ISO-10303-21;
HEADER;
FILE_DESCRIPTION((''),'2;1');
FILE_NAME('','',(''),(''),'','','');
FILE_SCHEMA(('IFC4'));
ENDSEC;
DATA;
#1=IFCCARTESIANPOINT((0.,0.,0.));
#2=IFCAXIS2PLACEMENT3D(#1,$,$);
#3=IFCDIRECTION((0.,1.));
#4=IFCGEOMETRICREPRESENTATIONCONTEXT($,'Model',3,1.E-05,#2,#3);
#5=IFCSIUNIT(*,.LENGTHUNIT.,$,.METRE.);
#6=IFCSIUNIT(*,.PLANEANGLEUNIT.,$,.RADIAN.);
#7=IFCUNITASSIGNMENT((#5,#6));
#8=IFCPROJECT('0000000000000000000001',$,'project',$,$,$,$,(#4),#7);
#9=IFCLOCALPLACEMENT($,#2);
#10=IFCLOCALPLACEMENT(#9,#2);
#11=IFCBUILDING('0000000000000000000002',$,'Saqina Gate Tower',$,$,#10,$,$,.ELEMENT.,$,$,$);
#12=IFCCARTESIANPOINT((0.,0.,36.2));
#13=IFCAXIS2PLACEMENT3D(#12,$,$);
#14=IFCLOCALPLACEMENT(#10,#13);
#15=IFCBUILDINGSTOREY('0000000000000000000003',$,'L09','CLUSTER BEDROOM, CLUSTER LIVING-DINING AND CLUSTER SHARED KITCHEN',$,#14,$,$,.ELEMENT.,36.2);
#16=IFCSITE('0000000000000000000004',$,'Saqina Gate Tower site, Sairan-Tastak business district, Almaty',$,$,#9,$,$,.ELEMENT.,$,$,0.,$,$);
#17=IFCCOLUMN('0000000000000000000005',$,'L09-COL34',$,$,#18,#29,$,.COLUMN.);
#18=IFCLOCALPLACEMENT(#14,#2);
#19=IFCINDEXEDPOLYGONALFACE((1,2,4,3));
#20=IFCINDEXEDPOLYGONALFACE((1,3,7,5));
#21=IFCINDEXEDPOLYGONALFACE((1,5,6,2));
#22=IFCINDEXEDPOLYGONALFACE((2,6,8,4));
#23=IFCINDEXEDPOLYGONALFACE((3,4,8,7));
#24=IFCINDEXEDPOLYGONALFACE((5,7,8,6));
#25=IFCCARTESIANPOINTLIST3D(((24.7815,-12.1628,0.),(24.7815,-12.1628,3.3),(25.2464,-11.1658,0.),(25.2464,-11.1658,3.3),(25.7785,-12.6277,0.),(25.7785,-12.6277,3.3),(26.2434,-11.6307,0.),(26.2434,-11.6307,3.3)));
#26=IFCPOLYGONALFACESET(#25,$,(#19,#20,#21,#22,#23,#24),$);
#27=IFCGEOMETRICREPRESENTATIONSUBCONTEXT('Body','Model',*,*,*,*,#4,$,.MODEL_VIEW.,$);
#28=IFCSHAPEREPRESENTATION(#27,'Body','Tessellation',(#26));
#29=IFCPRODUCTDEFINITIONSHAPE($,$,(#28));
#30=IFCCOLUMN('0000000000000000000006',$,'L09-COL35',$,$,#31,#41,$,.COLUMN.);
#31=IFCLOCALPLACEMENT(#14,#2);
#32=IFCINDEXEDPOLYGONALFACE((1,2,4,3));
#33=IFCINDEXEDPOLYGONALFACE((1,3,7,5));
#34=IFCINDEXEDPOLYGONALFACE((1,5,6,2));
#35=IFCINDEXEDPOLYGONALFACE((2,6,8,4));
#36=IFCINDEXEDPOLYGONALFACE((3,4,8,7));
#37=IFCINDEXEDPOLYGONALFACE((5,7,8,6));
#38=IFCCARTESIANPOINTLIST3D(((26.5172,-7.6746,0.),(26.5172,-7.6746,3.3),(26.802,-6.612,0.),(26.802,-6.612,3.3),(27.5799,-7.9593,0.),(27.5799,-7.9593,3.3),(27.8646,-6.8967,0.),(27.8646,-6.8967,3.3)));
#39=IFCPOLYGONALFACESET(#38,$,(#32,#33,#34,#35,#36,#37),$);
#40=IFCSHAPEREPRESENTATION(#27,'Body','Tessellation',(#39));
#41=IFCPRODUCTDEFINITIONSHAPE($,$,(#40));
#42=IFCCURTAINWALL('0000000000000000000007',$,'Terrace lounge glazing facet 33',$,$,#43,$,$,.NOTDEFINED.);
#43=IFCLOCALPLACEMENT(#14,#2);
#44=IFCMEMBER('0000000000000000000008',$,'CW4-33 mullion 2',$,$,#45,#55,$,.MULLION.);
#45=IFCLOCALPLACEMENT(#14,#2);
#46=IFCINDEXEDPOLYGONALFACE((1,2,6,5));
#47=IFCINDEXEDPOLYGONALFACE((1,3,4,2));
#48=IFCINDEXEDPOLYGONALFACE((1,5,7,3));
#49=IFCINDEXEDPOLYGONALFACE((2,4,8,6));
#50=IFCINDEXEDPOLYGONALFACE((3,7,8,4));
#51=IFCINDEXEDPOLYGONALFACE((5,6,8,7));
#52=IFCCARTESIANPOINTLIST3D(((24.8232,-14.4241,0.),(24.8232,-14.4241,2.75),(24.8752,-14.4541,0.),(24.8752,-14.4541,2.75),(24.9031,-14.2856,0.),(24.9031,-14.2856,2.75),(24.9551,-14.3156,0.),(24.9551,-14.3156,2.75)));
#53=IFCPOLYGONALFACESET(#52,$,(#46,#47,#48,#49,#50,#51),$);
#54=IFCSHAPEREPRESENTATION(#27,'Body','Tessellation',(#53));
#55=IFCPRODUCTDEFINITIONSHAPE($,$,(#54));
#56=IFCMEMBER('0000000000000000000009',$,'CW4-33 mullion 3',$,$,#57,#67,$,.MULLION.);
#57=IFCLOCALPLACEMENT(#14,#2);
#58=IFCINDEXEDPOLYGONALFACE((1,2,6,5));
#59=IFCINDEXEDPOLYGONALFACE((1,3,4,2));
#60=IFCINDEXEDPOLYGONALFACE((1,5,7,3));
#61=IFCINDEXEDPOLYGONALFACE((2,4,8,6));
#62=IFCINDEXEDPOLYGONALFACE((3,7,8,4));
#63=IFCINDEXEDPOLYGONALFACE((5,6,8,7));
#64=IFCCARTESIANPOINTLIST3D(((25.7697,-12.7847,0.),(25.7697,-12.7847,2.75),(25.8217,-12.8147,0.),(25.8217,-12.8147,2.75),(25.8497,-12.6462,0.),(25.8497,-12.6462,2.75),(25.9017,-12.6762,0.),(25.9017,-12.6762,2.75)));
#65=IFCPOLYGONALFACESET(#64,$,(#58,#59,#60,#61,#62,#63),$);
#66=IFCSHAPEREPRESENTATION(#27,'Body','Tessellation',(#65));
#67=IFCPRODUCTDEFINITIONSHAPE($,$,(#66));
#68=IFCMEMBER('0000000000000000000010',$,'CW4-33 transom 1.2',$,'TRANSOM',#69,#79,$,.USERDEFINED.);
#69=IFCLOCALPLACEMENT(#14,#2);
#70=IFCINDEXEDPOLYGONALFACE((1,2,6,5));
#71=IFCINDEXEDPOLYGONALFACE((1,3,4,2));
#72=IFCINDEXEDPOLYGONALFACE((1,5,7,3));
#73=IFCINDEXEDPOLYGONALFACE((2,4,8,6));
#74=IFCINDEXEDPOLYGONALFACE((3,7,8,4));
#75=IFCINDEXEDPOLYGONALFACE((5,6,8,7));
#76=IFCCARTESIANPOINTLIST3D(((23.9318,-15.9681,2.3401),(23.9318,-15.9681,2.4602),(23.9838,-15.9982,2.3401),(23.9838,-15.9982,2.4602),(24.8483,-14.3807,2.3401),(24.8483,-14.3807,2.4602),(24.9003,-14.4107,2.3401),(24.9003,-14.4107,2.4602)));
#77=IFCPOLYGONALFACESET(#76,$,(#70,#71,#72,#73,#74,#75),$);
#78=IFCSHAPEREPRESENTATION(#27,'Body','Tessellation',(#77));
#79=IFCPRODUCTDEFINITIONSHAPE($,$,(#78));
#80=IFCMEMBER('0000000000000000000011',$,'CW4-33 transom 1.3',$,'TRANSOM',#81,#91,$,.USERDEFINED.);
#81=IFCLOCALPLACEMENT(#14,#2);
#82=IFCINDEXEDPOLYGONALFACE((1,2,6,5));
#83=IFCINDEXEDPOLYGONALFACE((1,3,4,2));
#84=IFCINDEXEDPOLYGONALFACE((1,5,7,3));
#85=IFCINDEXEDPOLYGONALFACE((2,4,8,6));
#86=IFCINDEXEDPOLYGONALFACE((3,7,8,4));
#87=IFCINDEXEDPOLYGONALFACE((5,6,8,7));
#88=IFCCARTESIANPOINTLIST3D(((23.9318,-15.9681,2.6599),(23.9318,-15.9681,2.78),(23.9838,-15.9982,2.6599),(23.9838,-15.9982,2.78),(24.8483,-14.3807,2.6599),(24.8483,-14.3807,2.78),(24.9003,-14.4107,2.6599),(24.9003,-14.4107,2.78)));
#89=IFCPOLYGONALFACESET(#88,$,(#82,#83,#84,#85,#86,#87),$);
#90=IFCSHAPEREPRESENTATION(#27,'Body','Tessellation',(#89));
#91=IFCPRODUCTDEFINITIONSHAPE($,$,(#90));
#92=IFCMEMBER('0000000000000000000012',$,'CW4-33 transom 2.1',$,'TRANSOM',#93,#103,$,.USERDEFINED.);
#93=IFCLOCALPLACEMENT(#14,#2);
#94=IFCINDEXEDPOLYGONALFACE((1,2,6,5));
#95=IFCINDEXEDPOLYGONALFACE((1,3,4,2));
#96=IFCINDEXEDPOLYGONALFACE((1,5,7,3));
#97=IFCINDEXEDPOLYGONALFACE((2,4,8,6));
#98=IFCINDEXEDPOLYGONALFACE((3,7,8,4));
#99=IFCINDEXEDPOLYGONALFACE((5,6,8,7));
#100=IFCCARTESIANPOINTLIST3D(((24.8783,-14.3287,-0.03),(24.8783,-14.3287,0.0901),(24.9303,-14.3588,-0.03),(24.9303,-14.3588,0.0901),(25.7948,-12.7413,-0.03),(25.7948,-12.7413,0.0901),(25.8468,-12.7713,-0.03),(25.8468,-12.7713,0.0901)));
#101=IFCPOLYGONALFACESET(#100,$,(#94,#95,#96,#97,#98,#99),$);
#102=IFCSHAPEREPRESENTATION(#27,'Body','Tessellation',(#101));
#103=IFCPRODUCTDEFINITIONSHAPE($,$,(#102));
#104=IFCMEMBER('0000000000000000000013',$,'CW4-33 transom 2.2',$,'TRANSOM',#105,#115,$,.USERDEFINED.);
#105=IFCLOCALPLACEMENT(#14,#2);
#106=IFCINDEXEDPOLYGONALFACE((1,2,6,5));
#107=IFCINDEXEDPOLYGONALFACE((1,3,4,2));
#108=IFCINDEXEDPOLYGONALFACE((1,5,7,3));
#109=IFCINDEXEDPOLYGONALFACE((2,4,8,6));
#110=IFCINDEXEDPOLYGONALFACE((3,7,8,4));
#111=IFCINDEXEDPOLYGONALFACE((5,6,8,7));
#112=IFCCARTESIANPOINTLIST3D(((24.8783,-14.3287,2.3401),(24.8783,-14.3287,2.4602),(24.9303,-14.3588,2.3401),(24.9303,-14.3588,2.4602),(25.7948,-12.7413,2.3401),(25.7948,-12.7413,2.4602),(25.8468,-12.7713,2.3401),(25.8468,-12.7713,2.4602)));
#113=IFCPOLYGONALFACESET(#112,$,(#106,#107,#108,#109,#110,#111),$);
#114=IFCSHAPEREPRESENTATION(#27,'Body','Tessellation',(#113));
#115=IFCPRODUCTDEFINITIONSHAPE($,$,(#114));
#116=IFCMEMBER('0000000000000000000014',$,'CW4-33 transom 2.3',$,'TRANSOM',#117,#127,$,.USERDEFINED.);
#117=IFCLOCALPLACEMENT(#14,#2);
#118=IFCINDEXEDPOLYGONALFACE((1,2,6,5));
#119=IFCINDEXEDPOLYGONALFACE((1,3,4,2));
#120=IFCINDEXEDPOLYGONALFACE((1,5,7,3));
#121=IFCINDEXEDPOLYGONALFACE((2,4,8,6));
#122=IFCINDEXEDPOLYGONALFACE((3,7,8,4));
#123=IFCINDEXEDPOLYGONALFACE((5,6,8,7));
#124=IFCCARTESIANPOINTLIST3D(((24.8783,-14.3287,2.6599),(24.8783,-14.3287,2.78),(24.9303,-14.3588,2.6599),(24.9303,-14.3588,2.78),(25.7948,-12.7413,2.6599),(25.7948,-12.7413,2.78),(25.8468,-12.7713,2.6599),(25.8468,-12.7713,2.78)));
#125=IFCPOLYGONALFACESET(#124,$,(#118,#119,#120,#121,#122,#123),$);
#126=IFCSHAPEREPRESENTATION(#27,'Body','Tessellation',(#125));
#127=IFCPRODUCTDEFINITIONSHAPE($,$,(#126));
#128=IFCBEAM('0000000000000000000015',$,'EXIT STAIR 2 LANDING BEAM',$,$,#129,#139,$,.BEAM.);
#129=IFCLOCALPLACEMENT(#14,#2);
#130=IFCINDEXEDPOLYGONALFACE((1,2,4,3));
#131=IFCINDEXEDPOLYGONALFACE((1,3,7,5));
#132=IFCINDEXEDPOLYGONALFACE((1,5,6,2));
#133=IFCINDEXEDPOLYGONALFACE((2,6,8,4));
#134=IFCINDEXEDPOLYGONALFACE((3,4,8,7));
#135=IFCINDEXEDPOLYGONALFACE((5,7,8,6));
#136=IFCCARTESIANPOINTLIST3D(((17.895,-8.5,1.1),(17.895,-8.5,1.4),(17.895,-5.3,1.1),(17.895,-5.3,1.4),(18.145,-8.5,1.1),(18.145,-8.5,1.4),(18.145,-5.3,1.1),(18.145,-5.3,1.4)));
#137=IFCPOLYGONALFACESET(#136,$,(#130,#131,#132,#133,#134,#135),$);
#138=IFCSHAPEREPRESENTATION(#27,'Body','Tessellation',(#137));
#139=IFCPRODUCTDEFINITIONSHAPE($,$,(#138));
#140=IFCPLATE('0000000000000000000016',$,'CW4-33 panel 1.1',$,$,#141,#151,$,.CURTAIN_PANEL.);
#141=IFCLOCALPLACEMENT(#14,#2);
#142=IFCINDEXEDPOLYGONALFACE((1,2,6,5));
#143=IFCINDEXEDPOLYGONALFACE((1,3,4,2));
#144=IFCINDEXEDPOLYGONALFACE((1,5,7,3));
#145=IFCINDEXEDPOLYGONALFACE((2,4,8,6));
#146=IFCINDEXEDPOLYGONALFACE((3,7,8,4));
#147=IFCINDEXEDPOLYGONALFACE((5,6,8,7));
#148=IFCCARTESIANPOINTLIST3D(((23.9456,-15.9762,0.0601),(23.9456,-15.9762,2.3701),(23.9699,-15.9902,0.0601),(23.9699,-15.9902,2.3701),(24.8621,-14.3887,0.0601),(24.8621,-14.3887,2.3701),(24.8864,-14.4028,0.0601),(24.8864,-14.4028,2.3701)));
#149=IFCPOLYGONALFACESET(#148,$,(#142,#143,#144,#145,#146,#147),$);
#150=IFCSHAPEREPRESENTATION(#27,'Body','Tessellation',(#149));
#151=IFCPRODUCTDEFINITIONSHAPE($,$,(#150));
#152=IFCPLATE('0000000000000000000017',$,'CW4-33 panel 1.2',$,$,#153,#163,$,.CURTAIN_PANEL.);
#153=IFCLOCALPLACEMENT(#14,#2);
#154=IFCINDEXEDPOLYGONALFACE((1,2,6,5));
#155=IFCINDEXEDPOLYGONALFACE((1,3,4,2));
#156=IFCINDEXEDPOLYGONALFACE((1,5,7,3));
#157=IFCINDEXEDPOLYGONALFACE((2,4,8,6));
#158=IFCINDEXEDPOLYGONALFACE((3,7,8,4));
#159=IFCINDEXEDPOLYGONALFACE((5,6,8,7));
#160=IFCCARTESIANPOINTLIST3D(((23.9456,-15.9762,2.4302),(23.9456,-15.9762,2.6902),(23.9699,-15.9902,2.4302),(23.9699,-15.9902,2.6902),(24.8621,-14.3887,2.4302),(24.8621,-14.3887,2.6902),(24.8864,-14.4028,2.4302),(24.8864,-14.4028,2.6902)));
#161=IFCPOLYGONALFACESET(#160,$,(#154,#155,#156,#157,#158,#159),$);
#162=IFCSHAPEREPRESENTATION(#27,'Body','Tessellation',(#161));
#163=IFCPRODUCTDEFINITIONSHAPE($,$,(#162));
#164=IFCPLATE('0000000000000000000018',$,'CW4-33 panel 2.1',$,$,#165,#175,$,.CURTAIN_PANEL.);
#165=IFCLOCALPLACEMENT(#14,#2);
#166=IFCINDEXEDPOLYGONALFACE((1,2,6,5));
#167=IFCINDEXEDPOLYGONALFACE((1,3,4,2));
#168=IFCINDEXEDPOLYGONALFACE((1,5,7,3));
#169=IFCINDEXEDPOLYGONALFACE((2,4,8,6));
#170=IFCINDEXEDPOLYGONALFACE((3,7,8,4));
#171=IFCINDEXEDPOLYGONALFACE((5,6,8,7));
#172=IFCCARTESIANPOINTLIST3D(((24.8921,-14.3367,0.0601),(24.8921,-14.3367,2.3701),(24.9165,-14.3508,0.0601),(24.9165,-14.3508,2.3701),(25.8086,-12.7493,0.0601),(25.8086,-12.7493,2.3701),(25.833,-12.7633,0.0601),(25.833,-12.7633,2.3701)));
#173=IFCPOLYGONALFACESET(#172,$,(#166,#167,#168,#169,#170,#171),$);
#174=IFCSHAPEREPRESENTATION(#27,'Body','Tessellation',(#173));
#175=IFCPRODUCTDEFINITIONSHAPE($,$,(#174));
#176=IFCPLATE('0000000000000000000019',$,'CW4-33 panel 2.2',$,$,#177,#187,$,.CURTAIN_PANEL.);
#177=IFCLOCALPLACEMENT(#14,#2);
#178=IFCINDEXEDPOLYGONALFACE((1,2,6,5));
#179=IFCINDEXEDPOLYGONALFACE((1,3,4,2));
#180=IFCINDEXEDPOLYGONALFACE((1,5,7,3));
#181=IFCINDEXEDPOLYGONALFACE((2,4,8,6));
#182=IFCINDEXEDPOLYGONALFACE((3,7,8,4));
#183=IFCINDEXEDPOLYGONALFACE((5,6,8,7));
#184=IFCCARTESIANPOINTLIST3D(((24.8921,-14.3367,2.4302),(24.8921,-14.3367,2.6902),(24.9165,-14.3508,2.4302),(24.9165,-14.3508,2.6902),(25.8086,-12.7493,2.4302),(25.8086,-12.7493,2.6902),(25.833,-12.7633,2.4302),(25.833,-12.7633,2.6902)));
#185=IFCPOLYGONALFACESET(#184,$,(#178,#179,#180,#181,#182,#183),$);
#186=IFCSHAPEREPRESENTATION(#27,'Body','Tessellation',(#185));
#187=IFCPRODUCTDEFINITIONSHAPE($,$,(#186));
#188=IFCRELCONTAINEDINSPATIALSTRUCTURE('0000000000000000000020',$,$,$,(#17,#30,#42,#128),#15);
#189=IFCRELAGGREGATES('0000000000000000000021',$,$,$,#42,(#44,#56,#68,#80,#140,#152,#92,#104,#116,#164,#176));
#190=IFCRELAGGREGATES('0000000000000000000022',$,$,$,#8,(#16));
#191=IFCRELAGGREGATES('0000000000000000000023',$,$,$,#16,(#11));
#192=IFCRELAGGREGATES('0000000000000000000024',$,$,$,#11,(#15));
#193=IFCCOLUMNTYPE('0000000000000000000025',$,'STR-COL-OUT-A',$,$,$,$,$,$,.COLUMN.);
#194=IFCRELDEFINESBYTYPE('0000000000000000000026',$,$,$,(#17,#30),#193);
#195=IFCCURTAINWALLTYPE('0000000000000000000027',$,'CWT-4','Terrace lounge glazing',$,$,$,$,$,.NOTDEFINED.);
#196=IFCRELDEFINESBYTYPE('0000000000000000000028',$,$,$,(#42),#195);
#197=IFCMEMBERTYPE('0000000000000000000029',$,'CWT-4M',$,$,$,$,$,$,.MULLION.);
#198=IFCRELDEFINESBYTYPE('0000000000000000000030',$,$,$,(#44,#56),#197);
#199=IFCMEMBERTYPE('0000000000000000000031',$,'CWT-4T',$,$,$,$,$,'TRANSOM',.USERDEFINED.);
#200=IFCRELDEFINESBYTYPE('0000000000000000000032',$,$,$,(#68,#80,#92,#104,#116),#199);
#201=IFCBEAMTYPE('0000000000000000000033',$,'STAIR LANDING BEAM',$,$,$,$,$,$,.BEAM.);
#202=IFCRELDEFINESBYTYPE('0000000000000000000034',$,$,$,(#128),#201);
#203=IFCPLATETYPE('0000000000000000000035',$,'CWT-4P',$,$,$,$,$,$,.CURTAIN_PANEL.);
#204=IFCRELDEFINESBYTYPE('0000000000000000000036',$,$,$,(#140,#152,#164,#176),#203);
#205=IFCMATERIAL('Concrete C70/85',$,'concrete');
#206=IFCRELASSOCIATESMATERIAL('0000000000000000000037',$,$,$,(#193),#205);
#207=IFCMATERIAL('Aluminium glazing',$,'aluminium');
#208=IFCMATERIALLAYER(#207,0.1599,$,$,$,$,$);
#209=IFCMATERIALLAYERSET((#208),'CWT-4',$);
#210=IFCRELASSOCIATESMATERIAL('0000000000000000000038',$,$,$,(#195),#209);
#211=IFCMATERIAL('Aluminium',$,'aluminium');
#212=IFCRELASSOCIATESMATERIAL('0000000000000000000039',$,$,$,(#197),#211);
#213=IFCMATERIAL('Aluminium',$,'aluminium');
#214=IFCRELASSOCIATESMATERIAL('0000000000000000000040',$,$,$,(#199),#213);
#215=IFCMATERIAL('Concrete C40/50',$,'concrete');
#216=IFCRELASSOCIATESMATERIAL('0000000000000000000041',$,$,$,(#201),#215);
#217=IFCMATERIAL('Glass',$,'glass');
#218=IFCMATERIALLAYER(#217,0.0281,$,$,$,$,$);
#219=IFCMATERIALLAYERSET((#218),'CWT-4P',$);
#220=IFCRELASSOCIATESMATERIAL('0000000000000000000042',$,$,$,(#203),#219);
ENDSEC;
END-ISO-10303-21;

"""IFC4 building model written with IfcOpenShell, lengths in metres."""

from ifc_helpers import new_model, si_unit, direction, frame, origin, origin_2d, place, context, subcontext, project, spatial, rectangle, extrude, material, layer, layer_set, material_profile, profile_set, type_object, element, aggregate, save


model = new_model("IFC4")

# Units and contexts
model_context = context("Model", 3, precision=1e-05, world=origin(), true_north=direction((0.0, 1.0)))
body_context = subcontext(model_context, "Body", "Model", "MODEL_VIEW")
ifc_project = project(units=[si_unit("LENGTHUNIT", "METRE"), si_unit("PLANEANGLEUNIT", "RADIAN")], contexts=[model_context])

# Site, building, storey
site_placement = place(None, origin())
site = spatial("IfcSite", under=ifc_project, at=site_placement, Name="Saqina Gate Tower site, Sairan-Tastak business district, Almaty", CompositionType="ELEMENT", RefElevation=0.0)
building_placement = place(site_placement, origin())
building = spatial("IfcBuilding", under=site, at=building_placement, Name="Saqina Gate Tower", CompositionType="ELEMENT")
storey_placement = place(building_placement, frame((0.0, 0.0, 36.2)))
storey = spatial("IfcBuildingStorey", under=building, at=storey_placement, Name="L09", Description="CLUSTER BEDROOM, CLUSTER LIVING-DINING AND CLUSTER SHARED KITCHEN", CompositionType="ELEMENT", Elevation=36.2)

# Columns
ifc_material_1 = material(Name="Concrete C70/85", Category="concrete")
ifc_material_profile_1 = material_profile(ifc_material_1, rectangle(XDim=1.1001, YDim=1.1001, at=origin_2d()), Name="RC 1100x1100")
ifc_profile_set_1 = profile_set([ifc_material_profile_1], Name="Concrete C70/85")
column_type = type_object("IfcColumnType", Name="STR-COL-OUT-A", PredefinedType="COLUMN", material=ifc_profile_set_1)
for number, where, z_axis, x_axis, name in (
    (1, (25.5125, -11.8967, 0.0), (0.0, 0.0, 1.0), (0.906308, -0.422618, 0.0), "L09-COL34"),
    (2, (27.1909, -7.2856, 0.0), (0.0, 0.0, 1.0), (0.965926, -0.258819, 0.0), "L09-COL35"),
):
    element("IfcColumn", number, at=place(storey_placement, frame(where, z_axis=z_axis, x_axis=x_axis)), inside=storey, type_object=column_type, Name=name, PredefinedType="COLUMN", context=body_context, shape_type="SweptSolid", body=[
        extrude(rectangle(XDim=1.1001, YDim=1.1001, at=origin_2d()), origin(), (0.0, 0.0, 1.0), 3.3),
    ])

# Curtain wall, members
ifc_material_2 = material(Name="Aluminium glazing", Category="aluminium")
ifc_layer_1 = layer(ifc_material_2, 0.1599)
ifc_layer_set_1 = layer_set([ifc_layer_1], Name="CWT-4")
curtain_wall_type = type_object("IfcCurtainWallType", Name="CWT-4", Description="Terrace lounge glazing", PredefinedType="NOTDEFINED", material=ifc_layer_set_1)
curtain_wall_placement = place(storey_placement, origin())
curtain_wall = element("IfcCurtainWall", 3, at=curtain_wall_placement, inside=storey, type_object=curtain_wall_type, Name="Terrace lounge glazing facet 33", PredefinedType="NOTDEFINED")
ifc_material_3 = material(Name="Aluminium", Category="aluminium")
ifc_material_profile_2 = material_profile(ifc_material_3, rectangle(XDim=0.0601, YDim=0.1599, at=origin_2d()), Name="Aluminium 60x160")
ifc_profile_set_2 = profile_set([ifc_material_profile_2], Name="Aluminium")
member_type_1 = type_object("IfcMemberType", Name="CWT-4M", PredefinedType="MULLION", material=ifc_profile_set_2)
member_1_placement = place(storey_placement, frame((24.8892, -14.3699, 0.0), z_axis=(0.0, 0.0, 1.0), x_axis=(-0.866028, 0.499996, 0.0)))
member_1 = element("IfcMember", 4, at=member_1_placement, type_object=member_type_1, Name="CW4-33 mullion 2", PredefinedType="MULLION", context=body_context, shape_type="SweptSolid", body=[
    extrude(rectangle(XDim=0.0601, YDim=0.1599, at=origin_2d()), origin(), (0.0, 0.0, 1.0), 2.75),
])
member_2_placement = place(storey_placement, frame((25.8357, -12.7305, 0.0), z_axis=(0.0, 0.0, 1.0), x_axis=(-0.866028, 0.499996, 0.0)))
member_2 = element("IfcMember", 5, at=member_2_placement, type_object=member_type_1, Name="CW4-33 mullion 3", PredefinedType="MULLION", context=body_context, shape_type="SweptSolid", body=[
    extrude(rectangle(XDim=0.0601, YDim=0.1599, at=origin_2d()), origin(), (0.0, 0.0, 1.0), 2.75),
])
ifc_material_4 = material(Name="Aluminium", Category="aluminium")
ifc_material_profile_3 = material_profile(ifc_material_4, rectangle(XDim=0.0601, YDim=0.1201, at=origin_2d()), Name="Aluminium 60x120")
ifc_profile_set_3 = profile_set([ifc_material_profile_3], Name="Aluminium")
member_type_2 = type_object("IfcMemberType", Name="CWT-4T", ElementType="TRANSOM", PredefinedType="USERDEFINED", material=ifc_profile_set_3)
member_3_placement = place(storey_placement, frame((23.9578, -15.9832, 2.4001), z_axis=(0.500007, 0.866021, 0.0), x_axis=(-0.866021, 0.500007, 0.0)))
member_3 = element("IfcMember", 6, at=member_3_placement, type_object=member_type_2, Name="CW4-33 transom 1.2", ObjectType="TRANSOM", PredefinedType="USERDEFINED", context=body_context, shape_type="SweptSolid", body=[
    extrude(rectangle(XDim=0.0601, YDim=0.1201, at=origin_2d()), origin(), (0.0, 0.0, 1.0), 1.833),
])
member_4_placement = place(storey_placement, frame((23.9578, -15.9832, 2.72), z_axis=(0.500007, 0.866021, 0.0), x_axis=(-0.866021, 0.500007, 0.0)))
member_4 = element("IfcMember", 7, at=member_4_placement, type_object=member_type_2, Name="CW4-33 transom 1.3", ObjectType="TRANSOM", PredefinedType="USERDEFINED", context=body_context, shape_type="SweptSolid", body=[
    extrude(rectangle(XDim=0.0601, YDim=0.1201, at=origin_2d()), origin(), (0.0, 0.0, 1.0), 1.833),
])
member_5_placement = place(storey_placement, frame((24.9043, -14.3438, 0.03), z_axis=(0.500007, 0.866021, 0.0), x_axis=(-0.866021, 0.500007, 0.0)))
member_5 = element("IfcMember", 8, at=member_5_placement, type_object=member_type_2, Name="CW4-33 transom 2.1", ObjectType="TRANSOM", PredefinedType="USERDEFINED", context=body_context, shape_type="SweptSolid", body=[
    extrude(rectangle(XDim=0.0601, YDim=0.1201, at=origin_2d()), origin(), (0.0, 0.0, 1.0), 1.833),
])
member_6_placement = place(storey_placement, frame((24.9043, -14.3438, 2.4001), z_axis=(0.500007, 0.866021, 0.0), x_axis=(-0.866021, 0.500007, 0.0)))
member_6 = element("IfcMember", 9, at=member_6_placement, type_object=member_type_2, Name="CW4-33 transom 2.2", ObjectType="TRANSOM", PredefinedType="USERDEFINED", context=body_context, shape_type="SweptSolid", body=[
    extrude(rectangle(XDim=0.0601, YDim=0.1201, at=origin_2d()), origin(), (0.0, 0.0, 1.0), 1.833),
])
member_7_placement = place(storey_placement, frame((24.9043, -14.3438, 2.72), z_axis=(0.500007, 0.866021, 0.0), x_axis=(-0.866021, 0.500007, 0.0)))
member_7 = element("IfcMember", 10, at=member_7_placement, type_object=member_type_2, Name="CW4-33 transom 2.3", ObjectType="TRANSOM", PredefinedType="USERDEFINED", context=body_context, shape_type="SweptSolid", body=[
    extrude(rectangle(XDim=0.0601, YDim=0.1201, at=origin_2d()), origin(), (0.0, 0.0, 1.0), 1.833),
])

# Beam
ifc_material_5 = material(Name="Concrete C40/50", Category="concrete")
ifc_material_profile_4 = material_profile(ifc_material_5, rectangle(XDim=0.25, YDim=0.3, at=origin_2d()), Name="STAIR LANDING BEAM")
ifc_profile_set_4 = profile_set([ifc_material_profile_4], Name="Concrete C40/50")
beam_type = type_object("IfcBeamType", Name="STAIR LANDING BEAM", PredefinedType="BEAM", material=ifc_profile_set_4)
beam_placement = place(storey_placement, frame((18.02, -8.5, 1.25), z_axis=(0.0, 1.0, 0.0), x_axis=(-1.0, 0.0, 0.0)))
element("IfcBeam", 11, at=beam_placement, inside=storey, type_object=beam_type, Name="EXIT STAIR 2 LANDING BEAM", PredefinedType="BEAM", context=body_context, shape_type="SweptSolid", body=[
    extrude(rectangle(XDim=0.25, YDim=0.3, at=origin_2d()), origin(), (0.0, 0.0, 1.0), 3.2),
])

# Plates
ifc_material_6 = material(Name="Glass", Category="glass")
ifc_layer_2 = layer(ifc_material_6, 0.0281)
ifc_layer_set_2 = layer_set([ifc_layer_2], Name="CWT-4P")
plate_type = type_object("IfcPlateType", Name="CWT-4P", PredefinedType="CURTAIN_PANEL", material=ifc_layer_set_2)
plate_1_placement = place(storey_placement, frame((24.416, -15.1895, 0.0601), z_axis=(0.0, 0.0, 1.0), x_axis=(0.499996, 0.866028, 0.0)))
plate_1 = element("IfcPlate", 12, at=plate_1_placement, type_object=plate_type, Name="CW4-33 panel 1.1", PredefinedType="CURTAIN_PANEL", context=body_context, shape_type="SweptSolid", body=[
    extrude(rectangle(XDim=1.833, YDim=0.0281, at=origin_2d()), origin(), (0.0, 0.0, 1.0), 2.3101),
])
plate_2_placement = place(storey_placement, frame((24.416, -15.1895, 2.4302), z_axis=(0.0, 0.0, 1.0), x_axis=(0.499996, 0.866028, 0.0)))
plate_2 = element("IfcPlate", 13, at=plate_2_placement, type_object=plate_type, Name="CW4-33 panel 1.2", PredefinedType="CURTAIN_PANEL", context=body_context, shape_type="SweptSolid", body=[
    extrude(rectangle(XDim=1.833, YDim=0.0281, at=origin_2d()), origin(), (0.0, 0.0, 1.0), 0.26),
])
plate_3_placement = place(storey_placement, frame((25.3625, -13.55, 0.0601), z_axis=(0.0, 0.0, 1.0), x_axis=(0.499996, 0.866028, 0.0)))
plate_3 = element("IfcPlate", 14, at=plate_3_placement, type_object=plate_type, Name="CW4-33 panel 2.1", PredefinedType="CURTAIN_PANEL", context=body_context, shape_type="SweptSolid", body=[
    extrude(rectangle(XDim=1.833, YDim=0.0281, at=origin_2d()), origin(), (0.0, 0.0, 1.0), 2.3101),
])
plate_4_placement = place(storey_placement, frame((25.3625, -13.55, 2.4302), z_axis=(0.0, 0.0, 1.0), x_axis=(0.499996, 0.866028, 0.0)))
plate_4 = element("IfcPlate", 15, at=plate_4_placement, type_object=plate_type, Name="CW4-33 panel 2.2", PredefinedType="CURTAIN_PANEL", context=body_context, shape_type="SweptSolid", body=[
    extrude(rectangle(XDim=1.833, YDim=0.0281, at=origin_2d()), origin(), (0.0, 0.0, 1.0), 0.26),
])
aggregate(curtain_wall, [member_1, member_2, member_3, member_4, plate_1, plate_2, member_5, member_6, member_7, plate_3, plate_4])

save(model, "model.ifc")
